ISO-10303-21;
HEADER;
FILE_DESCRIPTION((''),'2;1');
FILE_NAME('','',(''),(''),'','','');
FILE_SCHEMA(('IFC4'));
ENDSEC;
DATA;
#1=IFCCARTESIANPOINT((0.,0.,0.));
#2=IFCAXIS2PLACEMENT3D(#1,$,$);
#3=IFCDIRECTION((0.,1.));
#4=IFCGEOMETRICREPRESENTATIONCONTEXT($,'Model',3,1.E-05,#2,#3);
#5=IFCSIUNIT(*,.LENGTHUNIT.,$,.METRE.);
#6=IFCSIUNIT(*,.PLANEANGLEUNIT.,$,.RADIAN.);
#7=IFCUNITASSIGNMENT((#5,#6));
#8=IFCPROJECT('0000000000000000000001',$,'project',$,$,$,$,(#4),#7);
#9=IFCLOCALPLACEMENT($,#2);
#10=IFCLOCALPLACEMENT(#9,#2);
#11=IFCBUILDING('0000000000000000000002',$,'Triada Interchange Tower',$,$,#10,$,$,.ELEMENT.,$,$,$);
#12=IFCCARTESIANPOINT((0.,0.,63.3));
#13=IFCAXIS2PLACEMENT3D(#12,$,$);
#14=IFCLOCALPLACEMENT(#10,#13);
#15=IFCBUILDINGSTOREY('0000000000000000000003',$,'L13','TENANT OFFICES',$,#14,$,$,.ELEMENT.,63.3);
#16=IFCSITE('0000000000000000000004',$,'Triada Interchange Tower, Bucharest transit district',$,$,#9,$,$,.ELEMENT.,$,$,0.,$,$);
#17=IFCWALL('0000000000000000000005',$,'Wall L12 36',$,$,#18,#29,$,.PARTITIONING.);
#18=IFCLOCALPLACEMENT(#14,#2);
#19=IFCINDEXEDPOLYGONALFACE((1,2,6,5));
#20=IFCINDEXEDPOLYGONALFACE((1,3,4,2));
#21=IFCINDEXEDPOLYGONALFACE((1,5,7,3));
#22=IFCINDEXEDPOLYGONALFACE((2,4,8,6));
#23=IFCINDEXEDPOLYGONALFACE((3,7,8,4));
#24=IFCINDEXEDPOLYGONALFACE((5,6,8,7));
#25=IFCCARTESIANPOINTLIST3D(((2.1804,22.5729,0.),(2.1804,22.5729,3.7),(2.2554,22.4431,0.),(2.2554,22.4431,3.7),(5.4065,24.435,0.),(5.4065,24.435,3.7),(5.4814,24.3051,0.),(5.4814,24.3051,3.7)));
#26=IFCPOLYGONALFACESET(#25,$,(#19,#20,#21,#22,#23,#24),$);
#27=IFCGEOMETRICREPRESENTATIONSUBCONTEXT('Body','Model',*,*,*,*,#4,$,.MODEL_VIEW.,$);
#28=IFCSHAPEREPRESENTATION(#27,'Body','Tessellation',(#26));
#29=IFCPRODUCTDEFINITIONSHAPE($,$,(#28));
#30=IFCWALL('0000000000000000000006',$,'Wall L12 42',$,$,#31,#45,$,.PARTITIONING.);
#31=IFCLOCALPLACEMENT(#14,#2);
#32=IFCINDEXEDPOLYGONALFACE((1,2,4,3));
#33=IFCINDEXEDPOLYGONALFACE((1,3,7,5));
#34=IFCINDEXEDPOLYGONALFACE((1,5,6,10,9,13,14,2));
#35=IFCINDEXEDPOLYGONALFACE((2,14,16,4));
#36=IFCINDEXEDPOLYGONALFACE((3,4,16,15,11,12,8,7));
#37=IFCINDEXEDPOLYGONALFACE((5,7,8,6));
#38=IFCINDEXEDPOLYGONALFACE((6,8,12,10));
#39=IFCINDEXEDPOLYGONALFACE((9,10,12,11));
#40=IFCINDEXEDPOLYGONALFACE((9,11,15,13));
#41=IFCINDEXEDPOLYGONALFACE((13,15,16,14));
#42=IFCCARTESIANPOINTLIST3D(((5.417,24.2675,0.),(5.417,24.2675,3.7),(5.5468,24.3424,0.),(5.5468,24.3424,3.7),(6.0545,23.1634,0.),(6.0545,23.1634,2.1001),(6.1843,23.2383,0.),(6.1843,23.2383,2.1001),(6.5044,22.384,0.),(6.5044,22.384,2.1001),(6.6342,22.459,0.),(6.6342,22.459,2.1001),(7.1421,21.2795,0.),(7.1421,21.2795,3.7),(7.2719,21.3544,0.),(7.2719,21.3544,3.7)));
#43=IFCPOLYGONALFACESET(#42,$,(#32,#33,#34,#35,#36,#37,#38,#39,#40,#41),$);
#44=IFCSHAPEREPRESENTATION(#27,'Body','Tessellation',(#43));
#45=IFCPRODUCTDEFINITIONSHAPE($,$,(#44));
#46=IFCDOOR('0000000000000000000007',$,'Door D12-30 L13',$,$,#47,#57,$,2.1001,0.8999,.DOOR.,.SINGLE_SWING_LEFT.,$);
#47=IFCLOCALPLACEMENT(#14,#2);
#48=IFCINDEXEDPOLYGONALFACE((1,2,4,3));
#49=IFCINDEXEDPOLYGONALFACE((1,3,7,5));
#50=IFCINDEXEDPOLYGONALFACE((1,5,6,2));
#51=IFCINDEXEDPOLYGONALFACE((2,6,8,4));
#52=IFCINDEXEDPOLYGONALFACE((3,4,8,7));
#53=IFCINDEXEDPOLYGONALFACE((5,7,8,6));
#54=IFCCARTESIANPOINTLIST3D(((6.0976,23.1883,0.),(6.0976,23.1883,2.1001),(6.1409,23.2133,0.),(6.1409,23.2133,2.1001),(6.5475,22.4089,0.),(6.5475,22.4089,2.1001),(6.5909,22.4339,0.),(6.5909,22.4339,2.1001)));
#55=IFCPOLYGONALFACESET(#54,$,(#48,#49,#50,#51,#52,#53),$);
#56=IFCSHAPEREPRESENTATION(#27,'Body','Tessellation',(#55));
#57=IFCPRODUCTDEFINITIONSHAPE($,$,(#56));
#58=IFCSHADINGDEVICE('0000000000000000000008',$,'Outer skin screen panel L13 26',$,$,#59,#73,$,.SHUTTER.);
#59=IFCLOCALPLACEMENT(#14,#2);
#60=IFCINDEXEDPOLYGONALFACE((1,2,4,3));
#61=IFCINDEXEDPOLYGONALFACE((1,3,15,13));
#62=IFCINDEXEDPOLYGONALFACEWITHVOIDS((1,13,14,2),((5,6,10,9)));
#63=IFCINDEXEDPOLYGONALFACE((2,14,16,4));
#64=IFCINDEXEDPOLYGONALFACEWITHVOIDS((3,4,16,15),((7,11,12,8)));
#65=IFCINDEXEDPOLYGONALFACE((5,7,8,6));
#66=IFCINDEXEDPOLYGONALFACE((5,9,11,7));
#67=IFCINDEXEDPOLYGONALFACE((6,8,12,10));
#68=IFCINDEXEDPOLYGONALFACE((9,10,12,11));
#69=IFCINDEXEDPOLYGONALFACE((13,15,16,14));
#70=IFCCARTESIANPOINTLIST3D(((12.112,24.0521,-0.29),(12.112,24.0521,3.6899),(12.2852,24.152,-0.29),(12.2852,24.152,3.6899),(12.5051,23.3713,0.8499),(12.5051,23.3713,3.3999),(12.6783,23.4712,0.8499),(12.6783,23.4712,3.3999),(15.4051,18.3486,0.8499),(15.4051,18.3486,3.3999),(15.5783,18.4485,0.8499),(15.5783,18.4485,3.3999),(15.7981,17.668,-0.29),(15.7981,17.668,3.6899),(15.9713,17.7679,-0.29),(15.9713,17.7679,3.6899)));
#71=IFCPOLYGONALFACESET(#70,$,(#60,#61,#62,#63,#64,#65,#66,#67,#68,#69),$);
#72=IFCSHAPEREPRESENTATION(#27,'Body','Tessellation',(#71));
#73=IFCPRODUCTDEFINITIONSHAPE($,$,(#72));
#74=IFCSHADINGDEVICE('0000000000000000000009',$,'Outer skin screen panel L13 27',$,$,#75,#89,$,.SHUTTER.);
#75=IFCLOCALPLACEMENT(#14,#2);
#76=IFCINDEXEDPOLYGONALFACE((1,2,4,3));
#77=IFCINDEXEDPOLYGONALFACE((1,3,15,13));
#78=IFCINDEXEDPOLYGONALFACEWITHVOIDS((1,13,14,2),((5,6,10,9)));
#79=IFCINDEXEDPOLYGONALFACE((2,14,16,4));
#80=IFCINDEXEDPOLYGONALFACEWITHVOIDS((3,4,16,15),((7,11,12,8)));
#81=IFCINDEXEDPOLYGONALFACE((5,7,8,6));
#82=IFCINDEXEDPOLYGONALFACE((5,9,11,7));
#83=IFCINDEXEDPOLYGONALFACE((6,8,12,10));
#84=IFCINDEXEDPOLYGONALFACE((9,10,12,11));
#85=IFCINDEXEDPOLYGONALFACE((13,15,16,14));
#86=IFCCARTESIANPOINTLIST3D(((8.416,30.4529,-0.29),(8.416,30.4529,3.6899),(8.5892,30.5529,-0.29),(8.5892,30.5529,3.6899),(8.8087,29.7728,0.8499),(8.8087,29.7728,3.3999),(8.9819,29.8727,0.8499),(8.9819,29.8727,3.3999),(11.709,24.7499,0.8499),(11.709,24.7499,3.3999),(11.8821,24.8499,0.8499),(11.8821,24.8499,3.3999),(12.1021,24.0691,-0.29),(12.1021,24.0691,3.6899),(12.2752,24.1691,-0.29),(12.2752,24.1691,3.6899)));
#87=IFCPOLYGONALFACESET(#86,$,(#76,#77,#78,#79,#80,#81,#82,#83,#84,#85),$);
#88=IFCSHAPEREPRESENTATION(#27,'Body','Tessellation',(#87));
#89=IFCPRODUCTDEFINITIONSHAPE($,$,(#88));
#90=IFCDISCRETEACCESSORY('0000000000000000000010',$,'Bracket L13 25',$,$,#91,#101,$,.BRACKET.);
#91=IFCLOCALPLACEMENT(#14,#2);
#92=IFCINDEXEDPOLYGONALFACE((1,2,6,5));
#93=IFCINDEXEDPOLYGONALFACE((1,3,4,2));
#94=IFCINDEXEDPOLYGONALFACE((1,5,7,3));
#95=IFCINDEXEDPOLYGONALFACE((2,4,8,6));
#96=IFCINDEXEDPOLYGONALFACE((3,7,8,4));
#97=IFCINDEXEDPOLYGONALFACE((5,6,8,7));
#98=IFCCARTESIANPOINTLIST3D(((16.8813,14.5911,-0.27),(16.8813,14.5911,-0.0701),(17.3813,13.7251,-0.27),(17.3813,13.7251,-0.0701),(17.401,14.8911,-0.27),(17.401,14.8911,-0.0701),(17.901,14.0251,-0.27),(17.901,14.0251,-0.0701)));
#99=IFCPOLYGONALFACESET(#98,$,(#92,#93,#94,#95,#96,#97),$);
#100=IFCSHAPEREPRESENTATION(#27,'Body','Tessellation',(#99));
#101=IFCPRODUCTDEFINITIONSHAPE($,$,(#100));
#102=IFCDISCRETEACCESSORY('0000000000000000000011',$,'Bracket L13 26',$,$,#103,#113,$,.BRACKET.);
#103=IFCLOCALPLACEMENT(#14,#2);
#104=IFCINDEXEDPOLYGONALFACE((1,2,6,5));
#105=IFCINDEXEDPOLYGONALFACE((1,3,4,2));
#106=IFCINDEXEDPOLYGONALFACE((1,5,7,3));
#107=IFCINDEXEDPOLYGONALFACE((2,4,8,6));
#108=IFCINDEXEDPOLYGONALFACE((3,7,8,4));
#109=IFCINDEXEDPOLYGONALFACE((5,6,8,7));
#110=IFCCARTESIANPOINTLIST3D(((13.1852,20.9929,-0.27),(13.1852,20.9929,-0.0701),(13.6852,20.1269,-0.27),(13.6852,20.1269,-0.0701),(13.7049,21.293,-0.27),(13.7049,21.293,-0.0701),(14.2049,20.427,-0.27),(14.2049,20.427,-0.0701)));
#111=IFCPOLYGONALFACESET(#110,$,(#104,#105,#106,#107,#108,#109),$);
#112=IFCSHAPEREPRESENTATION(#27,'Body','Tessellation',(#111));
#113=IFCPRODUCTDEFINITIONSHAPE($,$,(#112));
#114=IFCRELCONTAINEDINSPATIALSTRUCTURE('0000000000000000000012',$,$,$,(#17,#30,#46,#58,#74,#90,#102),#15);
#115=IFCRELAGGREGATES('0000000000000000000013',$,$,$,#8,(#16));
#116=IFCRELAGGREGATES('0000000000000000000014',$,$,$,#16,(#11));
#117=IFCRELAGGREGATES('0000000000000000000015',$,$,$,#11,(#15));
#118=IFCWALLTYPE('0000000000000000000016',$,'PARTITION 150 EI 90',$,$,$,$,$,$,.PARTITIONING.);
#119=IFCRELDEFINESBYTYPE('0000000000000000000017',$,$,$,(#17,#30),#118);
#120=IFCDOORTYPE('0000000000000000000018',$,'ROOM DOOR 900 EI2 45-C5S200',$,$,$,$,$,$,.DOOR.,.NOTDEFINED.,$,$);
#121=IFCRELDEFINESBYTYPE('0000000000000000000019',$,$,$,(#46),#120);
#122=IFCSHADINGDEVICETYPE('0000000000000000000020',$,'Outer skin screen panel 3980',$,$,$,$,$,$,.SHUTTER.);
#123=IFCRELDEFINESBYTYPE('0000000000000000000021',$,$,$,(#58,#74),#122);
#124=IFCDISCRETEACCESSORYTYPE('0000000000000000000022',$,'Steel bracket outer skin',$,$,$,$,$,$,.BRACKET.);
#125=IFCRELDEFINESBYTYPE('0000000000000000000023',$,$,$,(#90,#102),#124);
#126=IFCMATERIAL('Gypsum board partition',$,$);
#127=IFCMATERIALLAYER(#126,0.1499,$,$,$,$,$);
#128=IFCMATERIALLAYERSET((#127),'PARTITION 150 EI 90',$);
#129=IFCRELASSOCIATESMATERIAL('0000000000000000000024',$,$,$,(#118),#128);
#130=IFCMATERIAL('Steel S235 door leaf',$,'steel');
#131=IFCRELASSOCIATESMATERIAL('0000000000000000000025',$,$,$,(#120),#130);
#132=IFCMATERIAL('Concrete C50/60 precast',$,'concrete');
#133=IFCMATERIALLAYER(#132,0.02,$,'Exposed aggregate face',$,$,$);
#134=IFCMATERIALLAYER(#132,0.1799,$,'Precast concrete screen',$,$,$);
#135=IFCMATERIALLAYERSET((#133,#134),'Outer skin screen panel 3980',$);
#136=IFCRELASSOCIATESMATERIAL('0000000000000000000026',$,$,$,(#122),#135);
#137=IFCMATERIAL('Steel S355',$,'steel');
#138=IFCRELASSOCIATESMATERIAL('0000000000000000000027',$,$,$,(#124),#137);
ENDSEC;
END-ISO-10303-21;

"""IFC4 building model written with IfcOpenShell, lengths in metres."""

from ifc_helpers import new_model, si_unit, direction, frame, frame_2d, origin, origin_2d, place, context, subcontext, project, spatial, polyline, rectangle, outline, extrude, material, layer, layer_set, type_object, element, fill, save


model = new_model("IFC4")

# Units and contexts
model_context = context("Model", 3, precision=1e-05, world=origin(), true_north=direction((0.0, 1.0)))
body_context = subcontext(model_context, "Body", "Model", "MODEL_VIEW")
ifc_project = project(units=[si_unit("LENGTHUNIT", "METRE"), si_unit("PLANEANGLEUNIT", "RADIAN")], contexts=[model_context])

# Site, building, storey
site_placement = place(None, origin())
site = spatial("IfcSite", under=ifc_project, at=site_placement, Name="Triada Interchange Tower, Bucharest transit district", CompositionType="ELEMENT", RefElevation=0.0)
building_placement = place(site_placement, origin())
building = spatial("IfcBuilding", under=site, at=building_placement, Name="Triada Interchange Tower", CompositionType="ELEMENT")
storey_placement = place(building_placement, frame((0.0, 0.0, 63.3)))
storey = spatial("IfcBuildingStorey", under=building, at=storey_placement, Name="L13", Description="TENANT OFFICES", CompositionType="ELEMENT", Elevation=63.3)

# Shared definitions
ifc_material_1 = material(Name="Steel S235 door leaf", Category="steel")

# Shared definitions
ifc_material_2 = material(Name="Gypsum board partition")

# Wall
ifc_layer_1 = layer(ifc_material_2, 0.1499)
ifc_layer_set_1 = layer_set([ifc_layer_1], Name="PARTITION 150 EI 90")
wall_type_1 = type_object("IfcWallType", Name="PARTITION 150 EI 90", PredefinedType="PARTITIONING", material=ifc_layer_set_1)
wall_1_placement = place(storey_placement, frame((2.218, 22.5081, 0.0), z_axis=(0.0, 0.0, 1.0), x_axis=(0.866085, 0.499896, 0.0)))
element("IfcWall", 1, at=wall_1_placement, inside=storey, type_object=wall_type_1, Name="Wall L12 36", PredefinedType="PARTITIONING", context=body_context, shape_type="SweptSolid", body=[
    extrude(rectangle(XDim=3.7249, YDim=0.1499, at=frame_2d((1.8623, 0.0))), origin(), (0.0, 0.0, 1.0), 3.7),
])

# Wall, opening, door
wall_2_placement = place(storey_placement, frame((5.4819, 24.3049, 0.0), z_axis=(0.0, 0.0, 1.0), x_axis=(0.49999, -0.866031, 0.0)))
wall_2 = element("IfcWall", 2, at=wall_2_placement, inside=storey, type_object=wall_type_1, Name="Wall L12 42", PredefinedType="PARTITIONING", context=body_context, shape_type="SweptSolid", body=[
    extrude(rectangle(XDim=3.4502, YDim=0.1499, at=frame_2d((1.7251, 0.0))), origin(), (0.0, 0.0, 1.0), 3.7),
])
opening_1_placement = place(wall_2_placement, frame((1.2749, 0.0, 0.0)))
opening_1 = element("IfcOpeningElement", 3, at=opening_1_placement, cuts=wall_2, PredefinedType="OPENING", context=body_context, shape_type="SweptSolid", body=[
    extrude(rectangle(XDim=0.8999, YDim=2.1001, at=frame_2d((0.45, 1.05))), frame((0.0, 0.085, 0.0), z_axis=(0.0, -1.0, 0.0), x_axis=(1.0, 0.0, 0.0)), (0.0, 0.0, 1.0), 0.1699),
])
door_type_1 = type_object("IfcDoorType", Name="ROOM DOOR 900 EI2 45-C5S200", OperationType="NOTDEFINED", PredefinedType="DOOR", material=ifc_material_1)
door_1_placement = place(opening_1_placement, origin())
door_1 = element("IfcDoor", 4, at=door_1_placement, inside=storey, type_object=door_type_1, Name="Door D12-30 L13", OperationType="SINGLE_SWING_LEFT", OverallHeight=2.1001, OverallWidth=0.8999, PredefinedType="DOOR", context=body_context, shape_type="SweptSolid", body=[
    extrude(rectangle(XDim=0.8999, YDim=2.1001, at=frame_2d((0.45, 1.05))), frame((0.0, 0.0249, 0.0), z_axis=(0.0, -1.0, 0.0), x_axis=(1.0, 0.0, 0.0)), (0.0, 0.0, 1.0), 0.05),
])
fill(opening_1, door_1)

# Shading devices
ifc_material_3 = material(Name="Concrete C50/60 precast", Category="concrete")
ifc_layer_2 = layer(ifc_material_3, 0.02, Name="Exposed aggregate face")
ifc_layer_3 = layer(ifc_material_3, 0.1799, Name="Precast concrete screen")
ifc_layer_set_2 = layer_set([ifc_layer_2, ifc_layer_3], Name="Outer skin screen panel 3980")
shading_device_type = type_object("IfcShadingDeviceType", Name="Outer skin screen panel 3980", PredefinedType="SHUTTER", material=ifc_layer_set_2)
shading_device_1_placement = place(storey_placement, frame((15.7981, 17.668, -0.29), z_axis=(0.0, 0.0, 1.0), x_axis=(-0.500022, 0.866013, 0.0)))
element("IfcShadingDevice", 5, at=shading_device_1_placement, inside=storey, type_object=shading_device_type, Name="Outer skin screen panel L13 26", PredefinedType="SHUTTER", context=body_context, shape_type="SweptSolid", body=[
    extrude(outline(polyline([(0.0, 0.0), (7.3718, 0.0), (7.3718, 3.98), (0.0, 3.98), (0.0, 0.0)]), holes=[polyline([(0.7859, 1.1399), (0.7859, 3.6899), (6.5857, 3.6899), (6.5857, 1.1399), (0.7859, 1.1399)])]), frame((0.0, 0.0, 0.0), z_axis=(0.0, -1.0, 0.0), x_axis=(1.0, 0.0, 0.0)), (0.0, 0.0, 1.0), 0.2),
])
shading_device_2_placement = place(storey_placement, frame((12.1021, 24.0691, -0.29), z_axis=(0.0, 0.0, 1.0), x_axis=(-0.500036, 0.866005, 0.0)))
element("IfcShadingDevice", 6, at=shading_device_2_placement, inside=storey, type_object=shading_device_type, Name="Outer skin screen panel L13 27", PredefinedType="SHUTTER", context=body_context, shape_type="SweptSolid", body=[
    extrude(outline(polyline([(0.0, 0.0), (7.3716, 0.0), (7.3716, 3.98), (0.0, 3.98), (0.0, 0.0)]), holes=[polyline([(0.7861, 1.1399), (0.7861, 3.6899), (6.5862, 3.6899), (6.5862, 1.1399), (0.7861, 1.1399)])]), frame((0.0, 0.0, 0.0), z_axis=(0.0, -1.0, 0.0), x_axis=(1.0, 0.0, 0.0)), (0.0, 0.0, 1.0), 0.2),
])

# Discrete accessories
ifc_material_4 = material(Name="Steel S355", Category="steel")
discrete_accessory_type = type_object("IfcDiscreteAccessoryType", Name="Steel bracket outer skin", PredefinedType="BRACKET", material=ifc_material_4)
for number, where, z_axis, x_axis, name in (
    (7, (17.3911, 14.3081, -0.27), (0.0, 0.0, 1.0), (0.866022, 0.500006, 0.0), "Bracket L13 25"),
    (8, (13.6951, 20.71, -0.27), (0.0, 0.0, 1.0), (0.866022, 0.500006, 0.0), "Bracket L13 26"),
):
    element("IfcDiscreteAccessory", number, at=place(storey_placement, frame(where, z_axis=z_axis, x_axis=x_axis)), inside=storey, type_object=discrete_accessory_type, Name=name, PredefinedType="BRACKET", context=body_context, shape_type="SweptSolid", body=[
        extrude(rectangle(XDim=0.6001, YDim=1.0, at=origin_2d()), origin(), (0.0, 0.0, 1.0), 0.2),
    ])

save(model, "model.ifc")
